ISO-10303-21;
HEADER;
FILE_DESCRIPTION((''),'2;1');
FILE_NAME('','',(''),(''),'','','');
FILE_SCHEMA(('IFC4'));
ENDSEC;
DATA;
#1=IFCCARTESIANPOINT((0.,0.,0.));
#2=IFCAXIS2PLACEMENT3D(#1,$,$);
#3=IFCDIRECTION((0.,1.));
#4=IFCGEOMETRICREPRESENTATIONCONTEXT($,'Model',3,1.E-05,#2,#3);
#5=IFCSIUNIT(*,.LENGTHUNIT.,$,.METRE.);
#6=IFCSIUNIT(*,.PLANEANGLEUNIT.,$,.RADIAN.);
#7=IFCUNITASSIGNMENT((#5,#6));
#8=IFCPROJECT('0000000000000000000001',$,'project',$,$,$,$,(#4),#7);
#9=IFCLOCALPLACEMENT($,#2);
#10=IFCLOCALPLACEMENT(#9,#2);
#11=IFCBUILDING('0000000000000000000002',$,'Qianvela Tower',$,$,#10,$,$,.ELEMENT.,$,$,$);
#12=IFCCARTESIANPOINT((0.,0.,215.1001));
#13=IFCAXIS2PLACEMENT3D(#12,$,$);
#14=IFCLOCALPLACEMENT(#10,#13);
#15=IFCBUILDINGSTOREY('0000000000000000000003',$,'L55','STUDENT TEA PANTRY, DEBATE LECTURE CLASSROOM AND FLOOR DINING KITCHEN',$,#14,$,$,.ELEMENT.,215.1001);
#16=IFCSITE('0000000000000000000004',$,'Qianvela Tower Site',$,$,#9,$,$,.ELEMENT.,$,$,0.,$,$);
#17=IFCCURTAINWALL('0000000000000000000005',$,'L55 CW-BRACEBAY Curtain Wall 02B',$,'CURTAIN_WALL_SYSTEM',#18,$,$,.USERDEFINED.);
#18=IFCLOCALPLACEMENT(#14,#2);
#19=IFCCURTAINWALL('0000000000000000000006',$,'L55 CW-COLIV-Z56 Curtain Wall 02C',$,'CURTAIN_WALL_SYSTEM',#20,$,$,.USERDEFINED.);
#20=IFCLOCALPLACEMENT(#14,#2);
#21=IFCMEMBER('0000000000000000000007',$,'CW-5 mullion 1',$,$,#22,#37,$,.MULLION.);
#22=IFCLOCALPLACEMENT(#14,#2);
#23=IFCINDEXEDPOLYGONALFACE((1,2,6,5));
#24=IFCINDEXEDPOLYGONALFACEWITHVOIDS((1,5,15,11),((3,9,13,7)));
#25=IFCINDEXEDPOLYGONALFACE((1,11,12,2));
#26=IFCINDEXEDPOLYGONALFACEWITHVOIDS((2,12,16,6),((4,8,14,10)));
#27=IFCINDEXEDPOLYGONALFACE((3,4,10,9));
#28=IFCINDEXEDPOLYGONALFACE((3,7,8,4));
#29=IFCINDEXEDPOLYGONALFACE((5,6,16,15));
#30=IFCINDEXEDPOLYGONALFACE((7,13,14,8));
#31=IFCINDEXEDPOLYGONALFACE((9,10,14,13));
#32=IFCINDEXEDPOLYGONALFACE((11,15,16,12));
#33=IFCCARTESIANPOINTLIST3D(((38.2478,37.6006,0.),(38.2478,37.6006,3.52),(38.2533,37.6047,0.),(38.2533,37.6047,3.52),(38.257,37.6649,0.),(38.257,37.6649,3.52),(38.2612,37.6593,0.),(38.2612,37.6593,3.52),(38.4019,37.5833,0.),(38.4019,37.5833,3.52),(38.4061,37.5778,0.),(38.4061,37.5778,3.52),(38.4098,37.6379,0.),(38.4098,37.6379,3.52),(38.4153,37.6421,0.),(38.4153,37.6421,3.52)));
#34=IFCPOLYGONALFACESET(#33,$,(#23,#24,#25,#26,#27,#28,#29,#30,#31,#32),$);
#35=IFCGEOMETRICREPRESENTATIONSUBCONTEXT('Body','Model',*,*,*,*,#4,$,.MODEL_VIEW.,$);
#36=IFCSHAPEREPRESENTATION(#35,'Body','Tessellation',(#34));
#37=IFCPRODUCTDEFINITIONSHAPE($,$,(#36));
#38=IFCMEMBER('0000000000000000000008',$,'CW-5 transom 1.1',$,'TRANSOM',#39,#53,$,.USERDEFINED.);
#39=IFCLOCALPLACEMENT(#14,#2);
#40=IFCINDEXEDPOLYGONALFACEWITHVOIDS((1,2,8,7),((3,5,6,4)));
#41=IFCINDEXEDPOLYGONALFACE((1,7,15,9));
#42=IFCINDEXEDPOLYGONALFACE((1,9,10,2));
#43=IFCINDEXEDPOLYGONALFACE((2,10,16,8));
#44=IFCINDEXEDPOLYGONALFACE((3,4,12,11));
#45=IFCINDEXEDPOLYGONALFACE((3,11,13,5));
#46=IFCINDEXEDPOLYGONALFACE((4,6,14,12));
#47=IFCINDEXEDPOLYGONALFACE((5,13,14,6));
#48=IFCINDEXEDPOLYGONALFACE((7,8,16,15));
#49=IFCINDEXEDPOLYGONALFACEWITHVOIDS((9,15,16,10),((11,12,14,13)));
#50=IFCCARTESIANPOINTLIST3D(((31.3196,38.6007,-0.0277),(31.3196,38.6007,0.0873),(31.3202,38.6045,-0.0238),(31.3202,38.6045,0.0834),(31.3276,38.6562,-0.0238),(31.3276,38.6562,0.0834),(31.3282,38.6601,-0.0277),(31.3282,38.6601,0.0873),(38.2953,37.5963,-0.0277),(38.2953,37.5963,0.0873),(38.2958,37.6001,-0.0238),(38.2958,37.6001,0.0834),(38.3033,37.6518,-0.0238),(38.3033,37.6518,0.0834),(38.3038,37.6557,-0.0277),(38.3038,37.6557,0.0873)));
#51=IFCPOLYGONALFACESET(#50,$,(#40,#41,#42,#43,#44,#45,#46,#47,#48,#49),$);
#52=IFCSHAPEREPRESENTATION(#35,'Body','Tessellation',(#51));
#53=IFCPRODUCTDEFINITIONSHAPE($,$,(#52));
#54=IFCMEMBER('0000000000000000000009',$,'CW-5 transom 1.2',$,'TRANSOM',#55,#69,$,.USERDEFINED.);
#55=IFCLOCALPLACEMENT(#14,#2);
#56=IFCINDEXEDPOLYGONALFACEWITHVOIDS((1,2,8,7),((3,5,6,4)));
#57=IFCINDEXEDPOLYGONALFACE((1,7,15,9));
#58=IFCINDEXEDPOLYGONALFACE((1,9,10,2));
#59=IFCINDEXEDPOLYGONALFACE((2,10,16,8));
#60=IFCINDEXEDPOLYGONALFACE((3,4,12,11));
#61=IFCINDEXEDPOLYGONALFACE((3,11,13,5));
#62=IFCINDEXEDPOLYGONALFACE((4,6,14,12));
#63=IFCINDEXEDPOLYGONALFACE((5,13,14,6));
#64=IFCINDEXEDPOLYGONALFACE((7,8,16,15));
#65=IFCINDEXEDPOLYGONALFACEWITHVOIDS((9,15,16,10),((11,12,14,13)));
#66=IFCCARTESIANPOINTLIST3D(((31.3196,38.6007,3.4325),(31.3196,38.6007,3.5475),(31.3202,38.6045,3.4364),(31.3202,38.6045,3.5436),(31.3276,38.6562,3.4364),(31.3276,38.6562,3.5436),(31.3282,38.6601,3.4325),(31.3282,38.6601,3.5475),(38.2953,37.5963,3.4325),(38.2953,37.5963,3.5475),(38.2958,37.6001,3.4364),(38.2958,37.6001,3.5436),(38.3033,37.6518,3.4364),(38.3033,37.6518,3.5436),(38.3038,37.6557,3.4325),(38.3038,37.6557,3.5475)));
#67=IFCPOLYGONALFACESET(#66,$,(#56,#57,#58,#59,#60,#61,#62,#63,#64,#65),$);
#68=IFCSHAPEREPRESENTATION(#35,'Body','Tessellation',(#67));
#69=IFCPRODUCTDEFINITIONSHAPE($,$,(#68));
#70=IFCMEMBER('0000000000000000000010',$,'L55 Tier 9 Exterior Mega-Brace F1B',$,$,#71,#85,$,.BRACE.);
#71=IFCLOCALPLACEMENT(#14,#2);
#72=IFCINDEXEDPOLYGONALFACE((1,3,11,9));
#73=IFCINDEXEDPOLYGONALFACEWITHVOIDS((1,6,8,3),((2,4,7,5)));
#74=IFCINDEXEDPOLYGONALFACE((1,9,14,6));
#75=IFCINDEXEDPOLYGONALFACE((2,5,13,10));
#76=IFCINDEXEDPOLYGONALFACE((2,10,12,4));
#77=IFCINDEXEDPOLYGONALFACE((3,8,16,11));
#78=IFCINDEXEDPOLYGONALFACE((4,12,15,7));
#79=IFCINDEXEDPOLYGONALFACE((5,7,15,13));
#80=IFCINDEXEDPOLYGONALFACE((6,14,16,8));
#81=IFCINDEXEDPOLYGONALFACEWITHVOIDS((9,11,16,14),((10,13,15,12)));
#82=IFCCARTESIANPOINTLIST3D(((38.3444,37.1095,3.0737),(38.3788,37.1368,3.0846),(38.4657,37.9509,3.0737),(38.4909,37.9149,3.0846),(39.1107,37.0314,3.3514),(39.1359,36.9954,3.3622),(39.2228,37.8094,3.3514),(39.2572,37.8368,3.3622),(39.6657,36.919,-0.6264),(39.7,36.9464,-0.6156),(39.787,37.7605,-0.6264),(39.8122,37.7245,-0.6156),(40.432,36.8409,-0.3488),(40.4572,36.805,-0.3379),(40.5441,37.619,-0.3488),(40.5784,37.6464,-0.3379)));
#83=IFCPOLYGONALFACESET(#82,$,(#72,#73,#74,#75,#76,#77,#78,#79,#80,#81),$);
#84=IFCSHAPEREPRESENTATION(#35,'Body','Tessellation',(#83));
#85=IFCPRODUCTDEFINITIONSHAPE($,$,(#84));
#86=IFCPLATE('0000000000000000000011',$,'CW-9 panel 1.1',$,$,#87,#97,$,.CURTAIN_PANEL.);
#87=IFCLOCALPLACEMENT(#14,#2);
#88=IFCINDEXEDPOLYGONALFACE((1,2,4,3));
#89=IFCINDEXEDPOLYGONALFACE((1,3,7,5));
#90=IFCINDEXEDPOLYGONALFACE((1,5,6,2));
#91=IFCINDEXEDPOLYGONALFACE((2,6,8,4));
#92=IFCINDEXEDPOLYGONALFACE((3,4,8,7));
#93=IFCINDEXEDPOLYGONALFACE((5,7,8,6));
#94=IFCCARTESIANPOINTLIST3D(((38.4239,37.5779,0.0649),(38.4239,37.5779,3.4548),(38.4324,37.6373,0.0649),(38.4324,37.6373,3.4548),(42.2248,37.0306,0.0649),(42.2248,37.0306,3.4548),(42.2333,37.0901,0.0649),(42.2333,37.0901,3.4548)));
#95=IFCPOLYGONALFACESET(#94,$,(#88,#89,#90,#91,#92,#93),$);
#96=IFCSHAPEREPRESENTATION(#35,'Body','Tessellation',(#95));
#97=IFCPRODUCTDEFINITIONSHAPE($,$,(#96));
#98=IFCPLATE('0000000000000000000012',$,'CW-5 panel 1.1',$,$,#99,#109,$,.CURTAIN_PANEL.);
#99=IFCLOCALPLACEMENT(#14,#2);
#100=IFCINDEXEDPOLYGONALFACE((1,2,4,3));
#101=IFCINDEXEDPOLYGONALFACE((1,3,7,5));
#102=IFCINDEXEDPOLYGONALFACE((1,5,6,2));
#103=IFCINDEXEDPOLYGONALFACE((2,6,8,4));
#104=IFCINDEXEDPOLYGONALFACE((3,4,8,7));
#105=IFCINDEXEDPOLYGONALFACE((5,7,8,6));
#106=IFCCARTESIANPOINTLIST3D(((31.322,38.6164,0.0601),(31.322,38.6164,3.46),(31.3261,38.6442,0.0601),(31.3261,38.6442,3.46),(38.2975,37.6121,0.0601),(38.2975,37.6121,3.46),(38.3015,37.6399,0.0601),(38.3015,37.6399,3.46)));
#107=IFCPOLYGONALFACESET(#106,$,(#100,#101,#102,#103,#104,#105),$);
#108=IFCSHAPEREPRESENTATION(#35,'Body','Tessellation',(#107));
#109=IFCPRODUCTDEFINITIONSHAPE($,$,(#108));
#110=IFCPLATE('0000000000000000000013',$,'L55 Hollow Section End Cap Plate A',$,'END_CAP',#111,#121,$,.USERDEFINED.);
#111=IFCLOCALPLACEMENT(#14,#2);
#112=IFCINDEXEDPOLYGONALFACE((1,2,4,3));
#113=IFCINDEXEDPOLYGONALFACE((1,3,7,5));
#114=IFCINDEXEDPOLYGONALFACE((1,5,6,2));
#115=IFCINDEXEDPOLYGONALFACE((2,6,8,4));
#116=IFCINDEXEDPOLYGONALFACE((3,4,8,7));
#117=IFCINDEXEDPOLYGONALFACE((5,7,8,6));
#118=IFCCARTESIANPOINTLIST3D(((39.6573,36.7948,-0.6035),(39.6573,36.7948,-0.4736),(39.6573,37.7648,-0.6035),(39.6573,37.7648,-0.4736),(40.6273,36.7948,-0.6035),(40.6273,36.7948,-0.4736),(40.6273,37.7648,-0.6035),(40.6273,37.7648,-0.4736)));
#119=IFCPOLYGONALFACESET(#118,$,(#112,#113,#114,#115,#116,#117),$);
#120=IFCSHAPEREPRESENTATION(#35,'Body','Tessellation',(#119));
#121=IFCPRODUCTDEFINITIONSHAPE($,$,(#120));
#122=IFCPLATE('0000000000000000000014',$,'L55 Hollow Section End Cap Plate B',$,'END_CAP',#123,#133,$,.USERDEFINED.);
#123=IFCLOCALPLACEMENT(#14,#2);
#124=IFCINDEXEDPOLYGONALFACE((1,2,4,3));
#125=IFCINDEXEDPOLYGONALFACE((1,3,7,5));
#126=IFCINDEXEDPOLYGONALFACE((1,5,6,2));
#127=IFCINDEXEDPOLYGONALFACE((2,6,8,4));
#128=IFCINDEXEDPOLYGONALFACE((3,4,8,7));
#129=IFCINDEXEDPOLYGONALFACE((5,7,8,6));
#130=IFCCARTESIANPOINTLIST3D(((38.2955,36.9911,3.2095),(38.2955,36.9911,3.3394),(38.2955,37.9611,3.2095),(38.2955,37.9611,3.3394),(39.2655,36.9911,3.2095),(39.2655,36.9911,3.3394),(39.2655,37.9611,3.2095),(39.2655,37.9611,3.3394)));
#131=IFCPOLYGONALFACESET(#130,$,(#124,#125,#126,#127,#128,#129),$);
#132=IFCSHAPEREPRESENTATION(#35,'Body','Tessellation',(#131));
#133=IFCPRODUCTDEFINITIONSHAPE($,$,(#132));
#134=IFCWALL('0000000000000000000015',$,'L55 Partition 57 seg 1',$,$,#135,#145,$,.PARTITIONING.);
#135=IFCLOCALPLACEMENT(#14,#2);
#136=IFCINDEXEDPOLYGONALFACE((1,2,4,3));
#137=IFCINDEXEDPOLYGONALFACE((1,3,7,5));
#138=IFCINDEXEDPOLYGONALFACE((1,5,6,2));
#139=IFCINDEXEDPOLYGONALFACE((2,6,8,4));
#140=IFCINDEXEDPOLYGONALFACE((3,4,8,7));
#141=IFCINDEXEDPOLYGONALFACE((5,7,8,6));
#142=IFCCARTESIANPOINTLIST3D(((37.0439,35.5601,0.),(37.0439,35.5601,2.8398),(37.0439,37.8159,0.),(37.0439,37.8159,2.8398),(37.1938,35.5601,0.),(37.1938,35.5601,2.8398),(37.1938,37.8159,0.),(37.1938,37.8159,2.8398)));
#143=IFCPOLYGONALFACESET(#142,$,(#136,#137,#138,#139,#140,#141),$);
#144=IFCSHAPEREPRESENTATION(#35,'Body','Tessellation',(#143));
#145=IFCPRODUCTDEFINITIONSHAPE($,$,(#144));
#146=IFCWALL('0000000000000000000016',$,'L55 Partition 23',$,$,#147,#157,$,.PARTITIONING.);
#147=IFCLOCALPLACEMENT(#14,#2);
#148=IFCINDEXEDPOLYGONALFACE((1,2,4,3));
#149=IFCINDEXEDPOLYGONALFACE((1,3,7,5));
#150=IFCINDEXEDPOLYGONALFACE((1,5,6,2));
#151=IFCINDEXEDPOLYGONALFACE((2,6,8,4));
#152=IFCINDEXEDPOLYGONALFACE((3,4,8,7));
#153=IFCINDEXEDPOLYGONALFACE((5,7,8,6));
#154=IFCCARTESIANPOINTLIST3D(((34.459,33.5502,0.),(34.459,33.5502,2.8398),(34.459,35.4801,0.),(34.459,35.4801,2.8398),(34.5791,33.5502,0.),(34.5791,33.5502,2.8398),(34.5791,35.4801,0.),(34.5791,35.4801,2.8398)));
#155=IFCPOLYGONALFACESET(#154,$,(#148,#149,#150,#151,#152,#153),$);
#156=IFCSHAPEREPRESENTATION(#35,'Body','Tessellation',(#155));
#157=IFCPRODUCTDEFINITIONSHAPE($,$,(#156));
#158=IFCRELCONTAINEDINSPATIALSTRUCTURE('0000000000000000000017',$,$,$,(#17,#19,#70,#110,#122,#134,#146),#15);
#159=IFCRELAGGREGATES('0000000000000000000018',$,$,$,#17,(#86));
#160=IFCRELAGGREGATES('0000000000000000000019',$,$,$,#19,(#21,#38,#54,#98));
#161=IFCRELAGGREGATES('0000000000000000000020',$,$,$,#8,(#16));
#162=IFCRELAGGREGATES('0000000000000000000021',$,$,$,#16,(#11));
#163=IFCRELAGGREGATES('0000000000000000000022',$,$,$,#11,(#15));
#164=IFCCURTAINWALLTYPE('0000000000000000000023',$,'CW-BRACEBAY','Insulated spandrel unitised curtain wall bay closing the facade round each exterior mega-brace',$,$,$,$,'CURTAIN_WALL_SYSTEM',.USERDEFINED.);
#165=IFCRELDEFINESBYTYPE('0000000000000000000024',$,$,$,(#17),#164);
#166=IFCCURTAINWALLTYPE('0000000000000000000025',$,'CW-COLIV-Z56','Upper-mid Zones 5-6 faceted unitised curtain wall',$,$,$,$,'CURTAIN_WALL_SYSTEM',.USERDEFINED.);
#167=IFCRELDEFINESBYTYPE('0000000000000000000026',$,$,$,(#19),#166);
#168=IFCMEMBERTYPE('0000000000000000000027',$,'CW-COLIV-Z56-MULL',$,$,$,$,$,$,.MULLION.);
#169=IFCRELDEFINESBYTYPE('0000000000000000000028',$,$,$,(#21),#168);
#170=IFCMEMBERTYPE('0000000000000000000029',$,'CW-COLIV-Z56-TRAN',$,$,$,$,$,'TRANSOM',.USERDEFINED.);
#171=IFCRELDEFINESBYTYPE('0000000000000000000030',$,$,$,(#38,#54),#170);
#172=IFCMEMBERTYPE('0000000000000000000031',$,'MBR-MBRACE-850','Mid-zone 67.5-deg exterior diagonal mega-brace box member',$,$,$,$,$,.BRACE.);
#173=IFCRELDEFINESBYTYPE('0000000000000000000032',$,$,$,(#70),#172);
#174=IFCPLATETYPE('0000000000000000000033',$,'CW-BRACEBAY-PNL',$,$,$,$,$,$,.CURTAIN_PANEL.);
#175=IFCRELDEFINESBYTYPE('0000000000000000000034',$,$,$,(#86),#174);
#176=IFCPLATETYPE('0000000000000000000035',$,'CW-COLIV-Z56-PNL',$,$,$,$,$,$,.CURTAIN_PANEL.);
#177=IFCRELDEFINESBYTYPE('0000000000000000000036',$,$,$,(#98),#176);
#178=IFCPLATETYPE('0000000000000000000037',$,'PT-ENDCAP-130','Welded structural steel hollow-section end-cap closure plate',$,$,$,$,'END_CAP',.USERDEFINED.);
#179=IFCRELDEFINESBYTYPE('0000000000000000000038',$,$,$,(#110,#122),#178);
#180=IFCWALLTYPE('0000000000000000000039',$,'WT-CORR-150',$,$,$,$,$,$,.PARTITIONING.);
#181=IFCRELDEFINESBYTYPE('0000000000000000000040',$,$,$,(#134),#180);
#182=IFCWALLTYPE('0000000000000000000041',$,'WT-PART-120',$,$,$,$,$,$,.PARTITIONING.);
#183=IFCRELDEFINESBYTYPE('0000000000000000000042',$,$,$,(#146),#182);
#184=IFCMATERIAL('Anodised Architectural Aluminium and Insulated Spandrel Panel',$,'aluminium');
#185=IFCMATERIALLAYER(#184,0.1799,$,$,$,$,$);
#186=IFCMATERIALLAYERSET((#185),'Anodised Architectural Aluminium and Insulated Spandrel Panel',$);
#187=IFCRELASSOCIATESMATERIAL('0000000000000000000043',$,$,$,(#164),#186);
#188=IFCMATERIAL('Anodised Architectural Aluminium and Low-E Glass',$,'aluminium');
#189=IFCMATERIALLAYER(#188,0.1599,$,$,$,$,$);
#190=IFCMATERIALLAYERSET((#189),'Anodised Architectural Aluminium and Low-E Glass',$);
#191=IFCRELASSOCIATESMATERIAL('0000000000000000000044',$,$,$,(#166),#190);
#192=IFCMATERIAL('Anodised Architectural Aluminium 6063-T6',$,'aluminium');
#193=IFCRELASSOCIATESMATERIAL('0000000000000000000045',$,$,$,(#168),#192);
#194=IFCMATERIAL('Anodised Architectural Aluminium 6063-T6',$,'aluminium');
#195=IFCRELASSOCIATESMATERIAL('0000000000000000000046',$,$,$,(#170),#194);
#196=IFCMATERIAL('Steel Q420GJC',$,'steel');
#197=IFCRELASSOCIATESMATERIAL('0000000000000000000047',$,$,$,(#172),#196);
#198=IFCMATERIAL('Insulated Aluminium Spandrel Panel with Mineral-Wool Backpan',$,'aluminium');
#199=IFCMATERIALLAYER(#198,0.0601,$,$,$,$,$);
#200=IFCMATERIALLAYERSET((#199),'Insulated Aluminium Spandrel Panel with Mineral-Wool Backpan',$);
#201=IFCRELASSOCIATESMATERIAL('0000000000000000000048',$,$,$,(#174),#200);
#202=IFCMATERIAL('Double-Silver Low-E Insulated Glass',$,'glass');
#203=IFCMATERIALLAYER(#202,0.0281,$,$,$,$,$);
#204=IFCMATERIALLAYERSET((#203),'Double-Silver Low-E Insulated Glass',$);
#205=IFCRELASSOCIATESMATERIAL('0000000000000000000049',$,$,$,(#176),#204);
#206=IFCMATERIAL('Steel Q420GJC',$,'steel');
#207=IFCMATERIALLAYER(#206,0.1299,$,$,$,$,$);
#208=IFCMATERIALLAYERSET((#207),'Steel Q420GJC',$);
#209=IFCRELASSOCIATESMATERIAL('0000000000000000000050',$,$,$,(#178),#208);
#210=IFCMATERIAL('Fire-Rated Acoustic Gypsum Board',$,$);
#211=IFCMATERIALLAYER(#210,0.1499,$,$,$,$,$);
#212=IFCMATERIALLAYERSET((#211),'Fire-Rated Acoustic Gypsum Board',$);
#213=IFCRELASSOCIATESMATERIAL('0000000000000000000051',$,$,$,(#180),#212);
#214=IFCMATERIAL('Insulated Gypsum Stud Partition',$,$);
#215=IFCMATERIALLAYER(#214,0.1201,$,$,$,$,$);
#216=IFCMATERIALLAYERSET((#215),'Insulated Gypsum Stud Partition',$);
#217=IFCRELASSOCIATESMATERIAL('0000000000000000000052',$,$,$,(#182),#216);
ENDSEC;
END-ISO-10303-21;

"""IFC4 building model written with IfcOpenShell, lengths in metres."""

from ifc_helpers import new_model, si_unit, direction, frame, frame_2d, origin, origin_2d, place, context, subcontext, project, spatial, rectangle, hollow_rectangle, extrude, material, layer, layer_set, material_profile, profile_set, type_object, element, aggregate, save


model = new_model("IFC4")

# Units and contexts
model_context = context("Model", 3, precision=1e-05, world=origin(), true_north=direction((0.0, 1.0)))
body_context = subcontext(model_context, "Body", "Model", "MODEL_VIEW")
ifc_project = project(units=[si_unit("LENGTHUNIT", "METRE"), si_unit("PLANEANGLEUNIT", "RADIAN")], contexts=[model_context])

# Site, building, storey
site_placement = place(None, origin())
site = spatial("IfcSite", under=ifc_project, at=site_placement, Name="Qianvela Tower Site", CompositionType="ELEMENT", RefElevation=0.0)
building_placement = place(site_placement, origin())
building = spatial("IfcBuilding", under=site, at=building_placement, Name="Qianvela Tower", CompositionType="ELEMENT")
storey_placement = place(building_placement, frame((0.0, 0.0, 215.1001)))
storey = spatial("IfcBuildingStorey", under=building, at=storey_placement, Name="L55", Description="STUDENT TEA PANTRY, DEBATE LECTURE CLASSROOM AND FLOOR DINING KITCHEN", CompositionType="ELEMENT", Elevation=215.1001)

# Curtain wall
ifc_material_1 = material(Name="Anodised Architectural Aluminium and Insulated Spandrel Panel", Category="aluminium")
ifc_layer_1 = layer(ifc_material_1, 0.1799)
ifc_layer_set_1 = layer_set([ifc_layer_1], Name="Anodised Architectural Aluminium and Insulated Spandrel Panel")
curtain_wall_type_1 = type_object("IfcCurtainWallType", Name="CW-BRACEBAY", Description="Insulated spandrel unitised curtain wall bay closing the facade round each exterior mega-brace", ElementType="CURTAIN_WALL_SYSTEM", PredefinedType="USERDEFINED", material=ifc_layer_set_1)
curtain_wall_1_placement = place(storey_placement, origin())
curtain_wall_1 = element("IfcCurtainWall", 1, at=curtain_wall_1_placement, inside=storey, type_object=curtain_wall_type_1, Name="L55 CW-BRACEBAY Curtain Wall 02B", ObjectType="CURTAIN_WALL_SYSTEM", PredefinedType="USERDEFINED")

# Curtain wall, members
ifc_material_2 = material(Name="Anodised Architectural Aluminium and Low-E Glass", Category="aluminium")
ifc_layer_2 = layer(ifc_material_2, 0.1599)
ifc_layer_set_2 = layer_set([ifc_layer_2], Name="Anodised Architectural Aluminium and Low-E Glass")
curtain_wall_type_2 = type_object("IfcCurtainWallType", Name="CW-COLIV-Z56", Description="Upper-mid Zones 5-6 faceted unitised curtain wall", ElementType="CURTAIN_WALL_SYSTEM", PredefinedType="USERDEFINED", material=ifc_layer_set_2)
curtain_wall_2_placement = place(storey_placement, origin())
curtain_wall_2 = element("IfcCurtainWall", 2, at=curtain_wall_2_placement, inside=storey, type_object=curtain_wall_type_2, Name="L55 CW-COLIV-Z56 Curtain Wall 02C", ObjectType="CURTAIN_WALL_SYSTEM", PredefinedType="USERDEFINED")
ifc_material_3 = material(Name="Anodised Architectural Aluminium 6063-T6", Category="aluminium")
ifc_material_profile_1 = material_profile(ifc_material_3, hollow_rectangle(XDim=0.0649, YDim=0.1599, WallThickness=0.0049, at=origin_2d()), Name="ALU-MULL-65x160")
ifc_profile_set_1 = profile_set([ifc_material_profile_1], Name="Anodised Architectural Aluminium 6063-T6")
member_type_1 = type_object("IfcMemberType", Name="CW-COLIV-Z56-MULL", PredefinedType="MULLION", material=ifc_profile_set_1)
member_1_placement = place(storey_placement, frame((38.3315, 37.6213, 0.0), z_axis=(0.0, 0.0, 1.0), x_axis=(-0.142509, -0.989794, 0.0)))
member_1 = element("IfcMember", 3, at=member_1_placement, type_object=member_type_1, Name="CW-5 mullion 1", PredefinedType="MULLION", context=body_context, shape_type="SweptSolid", body=[
    extrude(hollow_rectangle(XDim=0.0649, YDim=0.1599, WallThickness=0.0049, at=origin_2d()), origin(), (0.0, 0.0, 1.0), 3.52),
])
ifc_material_4 = material(Name="Anodised Architectural Aluminium 6063-T6", Category="aluminium")
ifc_material_profile_2 = material_profile(ifc_material_4, hollow_rectangle(XDim=0.0601, YDim=0.115, WallThickness=0.0039, at=origin_2d()), Name="ALU-TRAN-60x115")
ifc_profile_set_2 = profile_set([ifc_material_profile_2], Name="Anodised Architectural Aluminium 6063-T6")
member_type_2 = type_object("IfcMemberType", Name="CW-COLIV-Z56-TRAN", ElementType="TRANSOM", PredefinedType="USERDEFINED", material=ifc_profile_set_2)
member_2_placement = place(storey_placement, frame((38.2996, 37.626, 0.0298), z_axis=(-0.989792, 0.142517, 0.0), x_axis=(-0.142517, -0.989792, 0.0)))
member_2 = element("IfcMember", 4, at=member_2_placement, type_object=member_type_2, Name="CW-5 transom 1.1", ObjectType="TRANSOM", PredefinedType="USERDEFINED", context=body_context, shape_type="SweptSolid", body=[
    extrude(hollow_rectangle(XDim=0.0601, YDim=0.115, WallThickness=0.0039, at=origin_2d()), origin(), (0.0, 0.0, 1.0), 7.0476),
])
member_3_placement = place(storey_placement, frame((38.2996, 37.626, 3.49), z_axis=(-0.989792, 0.142517, 0.0), x_axis=(-0.142517, -0.989792, 0.0)))
member_3 = element("IfcMember", 5, at=member_3_placement, type_object=member_type_2, Name="CW-5 transom 1.2", ObjectType="TRANSOM", PredefinedType="USERDEFINED", context=body_context, shape_type="SweptSolid", body=[
    extrude(hollow_rectangle(XDim=0.0601, YDim=0.115, WallThickness=0.0039, at=origin_2d()), origin(), (0.0, 0.0, 1.0), 7.0476),
])

# Member
ifc_material_5 = material(Name="Steel Q420GJC", Category="steel")
ifc_material_profile_3 = material_profile(ifc_material_5, hollow_rectangle(XDim=0.8501, YDim=0.8501, WallThickness=0.032, at=origin_2d()), Name="MBOX-850x850x32")
ifc_profile_set_3 = profile_set([ifc_material_profile_3], Name="Steel Q420GJC")
member_type_3 = type_object("IfcMemberType", Name="MBR-MBRACE-850", Description="Mid-zone 67.5-deg exterior diagonal mega-brace box member", PredefinedType="BRACE", material=ifc_profile_set_3)
member_4_placement = place(storey_placement, frame((40.1221, 37.2827, -0.4822), z_axis=(-0.335895, 0.048411, 0.940655), x_axis=(-0.14265, -0.989773, 0.0)))
element("IfcMember", 6, at=member_4_placement, inside=storey, type_object=member_type_3, Name="L55 Tier 9 Exterior Mega-Brace F1B", PredefinedType="BRACE", context=body_context, shape_type="SweptSolid", body=[
    extrude(hollow_rectangle(XDim=0.8501, YDim=0.8501, WallThickness=0.032, at=origin_2d()), origin(), (0.0, 0.0, 1.0), 3.9336),
])

# Plates
ifc_material_6 = material(Name="Insulated Aluminium Spandrel Panel with Mineral-Wool Backpan", Category="aluminium")
ifc_layer_3 = layer(ifc_material_6, 0.0601)
ifc_layer_set_3 = layer_set([ifc_layer_3], Name="Insulated Aluminium Spandrel Panel with Mineral-Wool Backpan")
plate_type_1 = type_object("IfcPlateType", Name="CW-BRACEBAY-PNL", PredefinedType="CURTAIN_PANEL", material=ifc_layer_set_3)
plate_1_placement = place(storey_placement, frame((40.3286, 37.334, 0.0649), z_axis=(0.0, 0.0, 1.0), x_axis=(-0.989792, 0.142518, 0.0)))
plate_1 = element("IfcPlate", 7, at=plate_1_placement, type_object=plate_type_1, Name="CW-9 panel 1.1", PredefinedType="CURTAIN_PANEL", context=body_context, shape_type="SweptSolid", body=[
    extrude(rectangle(XDim=3.8401, YDim=0.0601, at=origin_2d()), origin(), (0.0, 0.0, 1.0), 3.3899),
])
aggregate(curtain_wall_1, [plate_1])
ifc_material_7 = material(Name="Double-Silver Low-E Insulated Glass", Category="glass")
ifc_layer_4 = layer(ifc_material_7, 0.0281)
ifc_layer_set_4 = layer_set([ifc_layer_4], Name="Double-Silver Low-E Insulated Glass")
plate_type_2 = type_object("IfcPlateType", Name="CW-COLIV-Z56-PNL", PredefinedType="CURTAIN_PANEL", material=ifc_layer_set_4)
plate_2_placement = place(storey_placement, frame((34.8118, 38.1282, 0.0601), z_axis=(0.0, 0.0, 1.0), x_axis=(-0.989794, 0.142509, 0.0)))
plate_2 = element("IfcPlate", 8, at=plate_2_placement, type_object=plate_type_2, Name="CW-5 panel 1.1", PredefinedType="CURTAIN_PANEL", context=body_context, shape_type="SweptSolid", body=[
    extrude(rectangle(XDim=7.0474, YDim=0.0281, at=origin_2d()), origin(), (0.0, 0.0, 1.0), 3.3999),
])
aggregate(curtain_wall_2, [member_1, member_2, member_3, plate_2])

# Plates
ifc_material_8 = material(Name="Steel Q420GJC", Category="steel")
ifc_layer_5 = layer(ifc_material_8, 0.1299)
ifc_layer_set_5 = layer_set([ifc_layer_5], Name="Steel Q420GJC")
plate_type_3 = type_object("IfcPlateType", Name="PT-ENDCAP-130", Description="Welded structural steel hollow-section end-cap closure plate", ElementType="END_CAP", PredefinedType="USERDEFINED", material=ifc_layer_set_5)
for number, where, z_axis, x_axis, name in (
    (9, (40.1423, 37.2798, -0.6035), (0.0, 0.0, 1.0), (1.0, 0.0, 0.0), "L55 Hollow Section End Cap Plate A"),
    (10, (38.7805, 37.4761, 3.2095), (0.0, 0.0, 1.0), (1.0, 0.0, 0.0), "L55 Hollow Section End Cap Plate B"),
):
    element("IfcPlate", number, at=place(storey_placement, frame(where, z_axis=z_axis, x_axis=x_axis)), inside=storey, type_object=plate_type_3, Name=name, ObjectType="END_CAP", PredefinedType="USERDEFINED", context=body_context, shape_type="SweptSolid", body=[
        extrude(rectangle(XDim=0.97, YDim=0.97, at=origin_2d()), origin(), (0.0, 0.0, 1.0), 0.1299),
    ])

# Walls
ifc_material_9 = material(Name="Fire-Rated Acoustic Gypsum Board")
ifc_layer_6 = layer(ifc_material_9, 0.1499)
ifc_layer_set_6 = layer_set([ifc_layer_6], Name="Fire-Rated Acoustic Gypsum Board")
wall_type_1 = type_object("IfcWallType", Name="WT-CORR-150", PredefinedType="PARTITIONING", material=ifc_layer_set_6)
wall_1_placement = place(storey_placement, frame((37.1189, 37.8159, 0.0), z_axis=(0.0, 0.0, 1.0), x_axis=(0.0, -1.0, 0.0)))
element("IfcWall", 11, at=wall_1_placement, inside=storey, type_object=wall_type_1, Name="L55 Partition 57 seg 1", PredefinedType="PARTITIONING", context=body_context, shape_type="SweptSolid", body=[
    extrude(rectangle(XDim=2.2559, YDim=0.1499, at=frame_2d((1.1279, 0.0))), origin(), (0.0, 0.0, 1.0), 2.8398),
])
ifc_material_10 = material(Name="Insulated Gypsum Stud Partition")
ifc_layer_7 = layer(ifc_material_10, 0.1201)
ifc_layer_set_7 = layer_set([ifc_layer_7], Name="Insulated Gypsum Stud Partition")
wall_type_2 = type_object("IfcWallType", Name="WT-PART-120", PredefinedType="PARTITIONING", material=ifc_layer_set_7)
wall_2_placement = place(storey_placement, frame((34.519, 35.48, 0.0), z_axis=(0.0, 0.0, 1.0), x_axis=(0.0, -1.0, 0.0)))
element("IfcWall", 12, at=wall_2_placement, inside=storey, type_object=wall_type_2, Name="L55 Partition 23", PredefinedType="PARTITIONING", context=body_context, shape_type="SweptSolid", body=[
    extrude(rectangle(XDim=1.9299, YDim=0.1201, at=frame_2d((0.9648, 0.0))), origin(), (0.0, 0.0, 1.0), 2.8398),
])

save(model, "model.ifc")
